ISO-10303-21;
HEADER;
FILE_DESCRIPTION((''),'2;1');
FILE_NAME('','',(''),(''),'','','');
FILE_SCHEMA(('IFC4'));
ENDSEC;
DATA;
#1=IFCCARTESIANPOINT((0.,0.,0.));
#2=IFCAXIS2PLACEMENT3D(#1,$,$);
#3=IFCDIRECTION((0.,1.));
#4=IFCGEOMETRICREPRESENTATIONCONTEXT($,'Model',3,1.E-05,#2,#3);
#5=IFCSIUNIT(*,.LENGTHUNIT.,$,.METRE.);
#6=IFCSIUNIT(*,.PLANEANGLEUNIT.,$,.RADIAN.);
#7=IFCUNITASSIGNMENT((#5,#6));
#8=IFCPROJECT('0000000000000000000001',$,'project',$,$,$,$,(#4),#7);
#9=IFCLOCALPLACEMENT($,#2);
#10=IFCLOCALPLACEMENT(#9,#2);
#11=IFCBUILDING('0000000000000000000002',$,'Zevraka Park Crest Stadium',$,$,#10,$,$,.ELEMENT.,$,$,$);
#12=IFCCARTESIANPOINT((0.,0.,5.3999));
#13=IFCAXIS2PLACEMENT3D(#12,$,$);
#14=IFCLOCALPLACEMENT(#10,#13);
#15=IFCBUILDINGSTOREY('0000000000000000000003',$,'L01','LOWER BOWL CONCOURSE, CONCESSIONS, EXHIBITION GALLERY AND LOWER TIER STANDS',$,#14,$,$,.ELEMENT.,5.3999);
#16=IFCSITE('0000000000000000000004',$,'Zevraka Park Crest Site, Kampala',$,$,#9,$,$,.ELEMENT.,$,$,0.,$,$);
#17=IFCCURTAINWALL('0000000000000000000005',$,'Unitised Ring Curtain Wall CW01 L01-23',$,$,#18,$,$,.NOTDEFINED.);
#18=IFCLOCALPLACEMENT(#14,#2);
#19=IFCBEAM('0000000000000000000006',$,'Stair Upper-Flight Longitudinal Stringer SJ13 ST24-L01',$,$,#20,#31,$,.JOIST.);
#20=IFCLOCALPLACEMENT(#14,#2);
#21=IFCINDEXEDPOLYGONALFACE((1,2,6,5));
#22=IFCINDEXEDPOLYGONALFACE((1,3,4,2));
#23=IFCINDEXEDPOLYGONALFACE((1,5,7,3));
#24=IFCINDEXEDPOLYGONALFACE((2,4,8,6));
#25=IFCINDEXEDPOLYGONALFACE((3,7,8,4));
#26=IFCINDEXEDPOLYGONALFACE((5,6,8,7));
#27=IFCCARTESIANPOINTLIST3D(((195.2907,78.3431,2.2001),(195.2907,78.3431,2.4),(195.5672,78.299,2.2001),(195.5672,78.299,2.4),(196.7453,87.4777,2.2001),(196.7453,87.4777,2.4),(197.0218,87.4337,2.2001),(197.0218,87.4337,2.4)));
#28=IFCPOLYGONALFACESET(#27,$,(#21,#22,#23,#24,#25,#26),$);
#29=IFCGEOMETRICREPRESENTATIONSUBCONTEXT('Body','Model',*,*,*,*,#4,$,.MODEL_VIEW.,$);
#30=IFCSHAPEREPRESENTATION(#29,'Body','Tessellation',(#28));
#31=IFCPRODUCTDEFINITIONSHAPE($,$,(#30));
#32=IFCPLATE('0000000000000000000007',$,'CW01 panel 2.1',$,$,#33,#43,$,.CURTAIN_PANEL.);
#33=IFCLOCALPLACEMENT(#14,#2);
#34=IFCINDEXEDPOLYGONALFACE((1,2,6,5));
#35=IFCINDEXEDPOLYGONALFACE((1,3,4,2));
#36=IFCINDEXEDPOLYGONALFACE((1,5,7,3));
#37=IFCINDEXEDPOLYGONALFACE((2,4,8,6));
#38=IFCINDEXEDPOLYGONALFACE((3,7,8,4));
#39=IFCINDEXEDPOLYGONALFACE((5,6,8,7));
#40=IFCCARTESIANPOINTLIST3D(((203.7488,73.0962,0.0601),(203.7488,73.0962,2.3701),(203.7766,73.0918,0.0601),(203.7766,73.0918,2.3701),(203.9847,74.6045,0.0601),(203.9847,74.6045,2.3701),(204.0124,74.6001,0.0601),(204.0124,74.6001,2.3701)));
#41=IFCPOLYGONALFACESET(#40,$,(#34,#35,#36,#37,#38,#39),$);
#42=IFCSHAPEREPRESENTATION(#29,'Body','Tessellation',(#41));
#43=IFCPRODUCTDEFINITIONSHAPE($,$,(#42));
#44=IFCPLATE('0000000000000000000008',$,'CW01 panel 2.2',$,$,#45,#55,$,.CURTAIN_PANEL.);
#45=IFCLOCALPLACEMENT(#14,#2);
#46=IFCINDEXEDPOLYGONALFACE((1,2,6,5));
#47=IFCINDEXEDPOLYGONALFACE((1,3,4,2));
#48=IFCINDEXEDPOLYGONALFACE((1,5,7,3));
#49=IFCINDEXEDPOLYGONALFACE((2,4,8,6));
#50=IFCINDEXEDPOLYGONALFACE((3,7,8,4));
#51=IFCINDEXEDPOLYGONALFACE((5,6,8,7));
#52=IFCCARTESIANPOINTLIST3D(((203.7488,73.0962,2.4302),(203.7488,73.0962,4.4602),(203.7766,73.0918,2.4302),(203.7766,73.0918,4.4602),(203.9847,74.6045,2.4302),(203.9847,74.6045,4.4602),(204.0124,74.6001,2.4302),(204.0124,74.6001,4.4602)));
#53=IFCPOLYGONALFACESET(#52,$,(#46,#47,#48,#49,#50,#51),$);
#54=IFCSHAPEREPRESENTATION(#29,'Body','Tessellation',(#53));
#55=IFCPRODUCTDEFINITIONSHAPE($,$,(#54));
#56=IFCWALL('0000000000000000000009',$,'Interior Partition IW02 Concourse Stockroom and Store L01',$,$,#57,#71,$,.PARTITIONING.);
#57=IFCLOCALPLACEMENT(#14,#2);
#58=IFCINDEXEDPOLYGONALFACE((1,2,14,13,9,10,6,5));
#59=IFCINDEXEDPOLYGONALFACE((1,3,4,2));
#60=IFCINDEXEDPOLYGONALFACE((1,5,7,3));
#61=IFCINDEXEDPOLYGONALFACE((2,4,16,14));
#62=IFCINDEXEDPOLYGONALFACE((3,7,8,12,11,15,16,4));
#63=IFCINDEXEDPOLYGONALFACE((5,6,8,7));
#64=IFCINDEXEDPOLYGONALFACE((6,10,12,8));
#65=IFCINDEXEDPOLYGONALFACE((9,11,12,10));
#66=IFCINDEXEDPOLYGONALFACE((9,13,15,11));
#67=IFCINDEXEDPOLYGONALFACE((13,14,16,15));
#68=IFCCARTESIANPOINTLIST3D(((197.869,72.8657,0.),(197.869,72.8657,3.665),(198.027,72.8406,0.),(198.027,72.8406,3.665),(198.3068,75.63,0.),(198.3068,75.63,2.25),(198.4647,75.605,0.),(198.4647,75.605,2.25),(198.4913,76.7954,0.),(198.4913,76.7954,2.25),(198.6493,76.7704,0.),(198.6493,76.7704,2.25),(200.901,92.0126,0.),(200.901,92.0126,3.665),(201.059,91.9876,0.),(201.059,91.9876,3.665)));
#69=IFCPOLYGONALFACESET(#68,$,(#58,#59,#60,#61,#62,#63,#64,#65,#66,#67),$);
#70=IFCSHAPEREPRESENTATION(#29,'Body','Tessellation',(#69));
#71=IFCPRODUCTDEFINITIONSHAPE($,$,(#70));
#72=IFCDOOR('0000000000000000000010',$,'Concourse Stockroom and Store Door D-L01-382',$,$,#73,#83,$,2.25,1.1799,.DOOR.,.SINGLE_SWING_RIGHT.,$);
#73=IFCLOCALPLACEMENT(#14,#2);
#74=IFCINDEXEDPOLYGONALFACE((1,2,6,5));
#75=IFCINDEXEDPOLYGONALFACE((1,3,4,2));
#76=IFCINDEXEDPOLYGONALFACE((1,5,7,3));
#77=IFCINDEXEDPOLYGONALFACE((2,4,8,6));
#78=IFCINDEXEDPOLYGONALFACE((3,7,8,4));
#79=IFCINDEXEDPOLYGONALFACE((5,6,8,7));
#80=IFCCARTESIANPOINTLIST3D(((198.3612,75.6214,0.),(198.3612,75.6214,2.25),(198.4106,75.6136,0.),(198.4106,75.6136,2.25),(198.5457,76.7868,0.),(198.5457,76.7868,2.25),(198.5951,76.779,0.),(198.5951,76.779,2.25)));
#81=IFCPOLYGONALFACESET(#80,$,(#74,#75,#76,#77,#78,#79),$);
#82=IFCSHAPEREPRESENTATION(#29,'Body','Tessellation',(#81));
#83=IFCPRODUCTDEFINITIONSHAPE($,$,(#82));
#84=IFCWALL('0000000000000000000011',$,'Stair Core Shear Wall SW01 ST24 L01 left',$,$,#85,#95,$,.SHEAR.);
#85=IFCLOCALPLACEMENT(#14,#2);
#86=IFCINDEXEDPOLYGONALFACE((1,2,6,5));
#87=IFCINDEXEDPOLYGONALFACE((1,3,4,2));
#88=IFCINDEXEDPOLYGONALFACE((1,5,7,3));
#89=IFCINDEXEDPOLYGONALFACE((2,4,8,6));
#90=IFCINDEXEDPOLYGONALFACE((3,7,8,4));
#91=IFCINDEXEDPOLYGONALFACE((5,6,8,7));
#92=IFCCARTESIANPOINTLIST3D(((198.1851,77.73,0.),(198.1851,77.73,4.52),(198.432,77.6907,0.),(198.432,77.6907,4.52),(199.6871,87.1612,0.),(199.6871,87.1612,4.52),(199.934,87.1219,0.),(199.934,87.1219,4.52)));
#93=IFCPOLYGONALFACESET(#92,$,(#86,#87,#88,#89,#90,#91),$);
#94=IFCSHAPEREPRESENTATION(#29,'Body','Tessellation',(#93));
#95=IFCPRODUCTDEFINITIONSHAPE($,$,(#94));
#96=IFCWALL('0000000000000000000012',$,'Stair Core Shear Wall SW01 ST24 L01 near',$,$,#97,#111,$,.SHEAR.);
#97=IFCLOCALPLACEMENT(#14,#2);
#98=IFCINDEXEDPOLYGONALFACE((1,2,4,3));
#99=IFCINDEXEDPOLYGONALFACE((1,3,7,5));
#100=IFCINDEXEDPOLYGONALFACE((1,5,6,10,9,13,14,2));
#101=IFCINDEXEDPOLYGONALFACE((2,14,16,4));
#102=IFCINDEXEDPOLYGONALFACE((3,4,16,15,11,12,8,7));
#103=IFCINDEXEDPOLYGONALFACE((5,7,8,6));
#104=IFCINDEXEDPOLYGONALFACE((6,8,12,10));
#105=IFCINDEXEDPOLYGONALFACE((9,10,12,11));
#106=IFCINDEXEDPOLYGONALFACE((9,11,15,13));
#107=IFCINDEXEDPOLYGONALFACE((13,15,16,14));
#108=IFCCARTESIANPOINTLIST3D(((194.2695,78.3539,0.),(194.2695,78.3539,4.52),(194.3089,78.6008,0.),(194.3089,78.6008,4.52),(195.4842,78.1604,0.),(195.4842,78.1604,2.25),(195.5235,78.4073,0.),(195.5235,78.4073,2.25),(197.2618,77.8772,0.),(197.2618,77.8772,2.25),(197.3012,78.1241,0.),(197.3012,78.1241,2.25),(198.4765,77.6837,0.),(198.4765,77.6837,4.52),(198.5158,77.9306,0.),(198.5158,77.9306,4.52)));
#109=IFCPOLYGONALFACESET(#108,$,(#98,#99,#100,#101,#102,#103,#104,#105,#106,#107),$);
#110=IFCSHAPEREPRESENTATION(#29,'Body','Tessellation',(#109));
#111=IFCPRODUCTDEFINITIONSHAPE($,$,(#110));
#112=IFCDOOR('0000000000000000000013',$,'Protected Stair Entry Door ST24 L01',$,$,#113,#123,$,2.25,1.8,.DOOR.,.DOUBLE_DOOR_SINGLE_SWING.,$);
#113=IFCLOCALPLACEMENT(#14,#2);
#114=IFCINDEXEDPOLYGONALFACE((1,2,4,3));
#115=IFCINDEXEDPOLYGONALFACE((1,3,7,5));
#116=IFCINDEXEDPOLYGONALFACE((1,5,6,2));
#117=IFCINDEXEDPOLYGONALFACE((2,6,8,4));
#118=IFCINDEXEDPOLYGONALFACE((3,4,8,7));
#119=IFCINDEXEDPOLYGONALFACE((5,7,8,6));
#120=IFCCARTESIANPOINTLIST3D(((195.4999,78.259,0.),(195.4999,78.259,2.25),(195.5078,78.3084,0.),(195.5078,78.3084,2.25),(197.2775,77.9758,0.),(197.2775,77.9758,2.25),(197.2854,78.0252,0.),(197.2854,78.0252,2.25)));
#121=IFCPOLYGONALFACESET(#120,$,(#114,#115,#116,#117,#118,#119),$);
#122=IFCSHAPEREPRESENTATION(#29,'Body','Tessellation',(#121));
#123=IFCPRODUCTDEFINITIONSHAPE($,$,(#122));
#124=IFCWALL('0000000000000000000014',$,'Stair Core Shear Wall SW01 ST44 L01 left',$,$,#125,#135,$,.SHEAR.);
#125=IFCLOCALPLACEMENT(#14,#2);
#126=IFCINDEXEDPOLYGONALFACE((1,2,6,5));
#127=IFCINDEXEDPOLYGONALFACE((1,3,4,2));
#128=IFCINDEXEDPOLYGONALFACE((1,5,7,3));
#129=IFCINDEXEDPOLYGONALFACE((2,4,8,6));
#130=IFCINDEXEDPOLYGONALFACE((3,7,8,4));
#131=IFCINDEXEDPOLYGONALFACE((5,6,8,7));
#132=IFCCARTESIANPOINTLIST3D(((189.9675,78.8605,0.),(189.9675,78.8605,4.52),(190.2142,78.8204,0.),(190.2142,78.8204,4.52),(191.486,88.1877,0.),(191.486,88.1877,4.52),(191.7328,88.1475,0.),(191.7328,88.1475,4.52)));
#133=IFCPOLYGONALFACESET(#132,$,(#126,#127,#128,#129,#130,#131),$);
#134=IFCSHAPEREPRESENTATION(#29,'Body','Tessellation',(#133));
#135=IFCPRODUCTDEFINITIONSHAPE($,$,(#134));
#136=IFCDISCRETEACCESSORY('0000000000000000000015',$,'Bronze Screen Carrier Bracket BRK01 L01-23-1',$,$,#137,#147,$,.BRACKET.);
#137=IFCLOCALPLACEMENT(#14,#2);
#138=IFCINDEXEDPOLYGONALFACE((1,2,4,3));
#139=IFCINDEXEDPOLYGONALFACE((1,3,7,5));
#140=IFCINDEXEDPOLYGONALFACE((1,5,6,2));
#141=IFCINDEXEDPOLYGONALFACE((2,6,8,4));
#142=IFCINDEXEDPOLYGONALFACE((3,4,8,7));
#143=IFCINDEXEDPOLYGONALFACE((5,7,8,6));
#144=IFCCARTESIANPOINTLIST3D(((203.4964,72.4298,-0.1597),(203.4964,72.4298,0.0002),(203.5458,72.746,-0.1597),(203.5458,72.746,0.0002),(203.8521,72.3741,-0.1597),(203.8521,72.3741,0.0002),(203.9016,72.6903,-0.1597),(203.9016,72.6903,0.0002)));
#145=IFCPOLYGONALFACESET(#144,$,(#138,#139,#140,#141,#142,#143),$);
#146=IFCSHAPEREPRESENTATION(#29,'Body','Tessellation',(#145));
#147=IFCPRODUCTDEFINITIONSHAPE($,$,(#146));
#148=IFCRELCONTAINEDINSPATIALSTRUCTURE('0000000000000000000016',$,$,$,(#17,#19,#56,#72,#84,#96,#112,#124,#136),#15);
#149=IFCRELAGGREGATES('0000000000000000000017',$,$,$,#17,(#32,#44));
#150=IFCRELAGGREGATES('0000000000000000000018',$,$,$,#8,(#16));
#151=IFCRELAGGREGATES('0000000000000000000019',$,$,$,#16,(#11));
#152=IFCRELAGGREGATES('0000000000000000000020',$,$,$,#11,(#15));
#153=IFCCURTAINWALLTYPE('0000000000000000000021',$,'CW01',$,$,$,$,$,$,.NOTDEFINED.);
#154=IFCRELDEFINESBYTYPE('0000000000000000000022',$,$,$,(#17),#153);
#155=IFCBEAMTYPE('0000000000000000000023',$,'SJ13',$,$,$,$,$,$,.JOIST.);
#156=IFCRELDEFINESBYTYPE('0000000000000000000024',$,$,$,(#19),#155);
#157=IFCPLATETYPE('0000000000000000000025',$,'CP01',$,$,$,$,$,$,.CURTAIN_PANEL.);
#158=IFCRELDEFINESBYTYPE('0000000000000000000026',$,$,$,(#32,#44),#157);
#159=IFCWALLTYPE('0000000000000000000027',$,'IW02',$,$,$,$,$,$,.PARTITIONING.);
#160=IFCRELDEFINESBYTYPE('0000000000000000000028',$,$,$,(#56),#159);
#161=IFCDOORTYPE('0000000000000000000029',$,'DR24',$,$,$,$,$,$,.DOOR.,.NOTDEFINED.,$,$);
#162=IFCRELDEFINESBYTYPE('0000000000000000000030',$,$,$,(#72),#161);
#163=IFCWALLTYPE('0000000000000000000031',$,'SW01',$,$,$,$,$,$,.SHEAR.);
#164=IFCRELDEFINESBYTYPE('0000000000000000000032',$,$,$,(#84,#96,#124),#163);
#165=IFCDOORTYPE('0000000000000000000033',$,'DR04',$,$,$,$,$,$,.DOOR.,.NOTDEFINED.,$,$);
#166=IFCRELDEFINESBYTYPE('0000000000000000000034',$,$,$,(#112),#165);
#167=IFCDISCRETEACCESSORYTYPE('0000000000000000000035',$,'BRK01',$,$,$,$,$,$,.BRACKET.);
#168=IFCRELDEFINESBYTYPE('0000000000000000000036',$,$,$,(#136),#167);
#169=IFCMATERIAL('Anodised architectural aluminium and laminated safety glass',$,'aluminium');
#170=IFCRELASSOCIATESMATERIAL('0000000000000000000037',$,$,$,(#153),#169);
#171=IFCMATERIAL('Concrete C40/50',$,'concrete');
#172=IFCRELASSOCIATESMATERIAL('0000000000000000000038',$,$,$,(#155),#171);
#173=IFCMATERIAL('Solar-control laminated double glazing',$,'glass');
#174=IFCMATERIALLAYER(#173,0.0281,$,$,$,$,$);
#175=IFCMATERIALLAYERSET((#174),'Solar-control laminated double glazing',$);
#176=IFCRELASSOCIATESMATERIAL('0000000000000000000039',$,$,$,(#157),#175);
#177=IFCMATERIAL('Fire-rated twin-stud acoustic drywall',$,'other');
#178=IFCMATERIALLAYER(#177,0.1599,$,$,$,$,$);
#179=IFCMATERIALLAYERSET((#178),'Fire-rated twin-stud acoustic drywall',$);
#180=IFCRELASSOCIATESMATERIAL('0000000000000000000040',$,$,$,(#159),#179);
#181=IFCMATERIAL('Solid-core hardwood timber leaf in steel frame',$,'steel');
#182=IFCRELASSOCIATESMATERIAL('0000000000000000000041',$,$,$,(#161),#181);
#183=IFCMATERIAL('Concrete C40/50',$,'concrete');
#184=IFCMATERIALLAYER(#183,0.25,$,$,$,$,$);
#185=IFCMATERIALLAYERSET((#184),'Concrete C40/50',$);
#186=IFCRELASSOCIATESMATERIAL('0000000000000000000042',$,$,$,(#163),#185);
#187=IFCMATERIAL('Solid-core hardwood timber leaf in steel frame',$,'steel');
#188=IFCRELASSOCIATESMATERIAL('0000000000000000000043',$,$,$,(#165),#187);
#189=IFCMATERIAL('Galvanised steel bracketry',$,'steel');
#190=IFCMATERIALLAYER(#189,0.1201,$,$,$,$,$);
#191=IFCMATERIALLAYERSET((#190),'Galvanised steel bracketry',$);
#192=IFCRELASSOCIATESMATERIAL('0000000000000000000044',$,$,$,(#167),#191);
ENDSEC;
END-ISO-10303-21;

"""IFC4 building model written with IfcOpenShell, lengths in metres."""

from ifc_helpers import new_model, si_unit, direction, frame, frame_2d, origin, origin_2d, place, context, subcontext, project, spatial, rectangle, extrude, material, layer, layer_set, material_profile, profile_set, type_object, element, fill, aggregate, save


model = new_model("IFC4")

# Units and contexts
model_context = context("Model", 3, precision=1e-05, world=origin(), true_north=direction((0.0, 1.0)))
body_context = subcontext(model_context, "Body", "Model", "MODEL_VIEW")
ifc_project = project(units=[si_unit("LENGTHUNIT", "METRE"), si_unit("PLANEANGLEUNIT", "RADIAN")], contexts=[model_context])

# Site, building, storey
site_placement = place(None, origin())
site = spatial("IfcSite", under=ifc_project, at=site_placement, Name="Zevraka Park Crest Site, Kampala", CompositionType="ELEMENT", RefElevation=0.0)
building_placement = place(site_placement, origin())
building = spatial("IfcBuilding", under=site, at=building_placement, Name="Zevraka Park Crest Stadium", CompositionType="ELEMENT")
storey_placement = place(building_placement, frame((0.0, 0.0, 5.3999)))
storey = spatial("IfcBuildingStorey", under=building, at=storey_placement, Name="L01", Description="LOWER BOWL CONCOURSE, CONCESSIONS, EXHIBITION GALLERY AND LOWER TIER STANDS", CompositionType="ELEMENT", Elevation=5.3999)

# Curtain wall
ifc_material_1 = material(Name="Anodised architectural aluminium and laminated safety glass", Category="aluminium")
curtain_wall_type = type_object("IfcCurtainWallType", Name="CW01", PredefinedType="NOTDEFINED", material=ifc_material_1)
curtain_wall_placement = place(storey_placement, origin())
curtain_wall = element("IfcCurtainWall", 1, at=curtain_wall_placement, inside=storey, type_object=curtain_wall_type, Name="Unitised Ring Curtain Wall CW01 L01-23", PredefinedType="NOTDEFINED")

# Beam
ifc_material_2 = material(Name="Concrete C40/50", Category="concrete")
ifc_material_profile_1 = material_profile(ifc_material_2, rectangle(XDim=0.28, YDim=0.2, at=origin_2d()), Name="RC 200x280")
ifc_profile_set_1 = profile_set([ifc_material_profile_1], Name="Concrete C40/50")
beam_type_1 = type_object("IfcBeamType", Name="SJ13", PredefinedType="JOIST", material=ifc_profile_set_1)
beam_1_placement = place(storey_placement, frame((195.429, 78.321, 2.3), z_axis=(0.157255, 0.987558, 0.0), x_axis=(-0.987558, 0.157255, 0.0)))
element("IfcBeam", 2, at=beam_1_placement, inside=storey, type_object=beam_type_1, Name="Stair Upper-Flight Longitudinal Stringer SJ13 ST24-L01", PredefinedType="JOIST", context=body_context, shape_type="SweptSolid", body=[
    extrude(rectangle(XDim=0.28, YDim=0.2, at=origin_2d()), origin(), (0.0, 0.0, 1.0), 9.2498),
])

# Plates
ifc_material_3 = material(Name="Solar-control laminated double glazing", Category="glass")
ifc_layer_1 = layer(ifc_material_3, 0.0281)
ifc_layer_set_1 = layer_set([ifc_layer_1], Name="Solar-control laminated double glazing")
plate_type = type_object("IfcPlateType", Name="CP01", PredefinedType="CURTAIN_PANEL", material=ifc_layer_set_1)
plate_1_placement = place(storey_placement, frame((203.8806, 73.8481, 0.0601), z_axis=(0.0, 0.0, 1.0), x_axis=(0.154476, 0.987997, 0.0)))
plate_1 = element("IfcPlate", 3, at=plate_1_placement, type_object=plate_type, Name="CW01 panel 2.1", PredefinedType="CURTAIN_PANEL", context=body_context, shape_type="SweptSolid", body=[
    extrude(rectangle(XDim=1.5266, YDim=0.0281, at=origin_2d()), origin(), (0.0, 0.0, 1.0), 2.3101),
])
plate_2_placement = place(storey_placement, frame((203.8806, 73.8481, 2.4302), z_axis=(0.0, 0.0, 1.0), x_axis=(0.154476, 0.987997, 0.0)))
plate_2 = element("IfcPlate", 4, at=plate_2_placement, type_object=plate_type, Name="CW01 panel 2.2", PredefinedType="CURTAIN_PANEL", context=body_context, shape_type="SweptSolid", body=[
    extrude(rectangle(XDim=1.5266, YDim=0.0281, at=origin_2d()), origin(), (0.0, 0.0, 1.0), 2.03),
])
aggregate(curtain_wall, [plate_1, plate_2])

# Wall, opening, door
ifc_material_4 = material(Name="Fire-rated twin-stud acoustic drywall", Category="other")
ifc_layer_2 = layer(ifc_material_4, 0.1599)
ifc_layer_set_2 = layer_set([ifc_layer_2], Name="Fire-rated twin-stud acoustic drywall")
wall_type_1 = type_object("IfcWallType", Name="IW02", PredefinedType="PARTITIONING", material=ifc_layer_set_2)
wall_1_placement = place(storey_placement, frame((197.948, 72.853, 0.0), z_axis=(0.0, 0.0, 1.0), x_axis=(0.156404, 0.987693, 0.0)))
wall_1 = element("IfcWall", 5, at=wall_1_placement, inside=storey, type_object=wall_type_1, Name="Interior Partition IW02 Concourse Stockroom and Store L01", PredefinedType="PARTITIONING", context=body_context, shape_type="SweptSolid", body=[
    extrude(rectangle(XDim=19.3855, YDim=0.1599, at=frame_2d((9.6929, 0.0))), origin(), (0.0, 0.0, 1.0), 3.665),
])
opening_1_placement = place(wall_1_placement, frame((2.7991, 0.0, 0.0)))
opening_1 = element("IfcOpeningElement", 6, at=opening_1_placement, cuts=wall_1, PredefinedType="OPENING", context=body_context, shape_type="SweptSolid", body=[
    extrude(rectangle(XDim=1.1799, YDim=2.25, at=frame_2d((0.5898, 1.125))), frame((0.0, 0.0898, 0.0), z_axis=(0.0, -1.0, 0.0), x_axis=(1.0, 0.0, 0.0)), (0.0, 0.0, 1.0), 0.1799),
])
ifc_material_5 = material(Name="Solid-core hardwood timber leaf in steel frame", Category="steel")
door_type_1 = type_object("IfcDoorType", Name="DR24", OperationType="NOTDEFINED", PredefinedType="DOOR", material=ifc_material_5)
door_1_placement = place(opening_1_placement, origin())
door_1 = element("IfcDoor", 7, at=door_1_placement, inside=storey, type_object=door_type_1, Name="Concourse Stockroom and Store Door D-L01-382", OperationType="SINGLE_SWING_RIGHT", OverallHeight=2.25, OverallWidth=1.1799, PredefinedType="DOOR", context=body_context, shape_type="SweptSolid", body=[
    extrude(rectangle(XDim=1.1799, YDim=2.25, at=frame_2d((0.5898, 1.125))), frame((0.0, 0.0249, 0.0), z_axis=(0.0, -1.0, 0.0), x_axis=(1.0, 0.0, 0.0)), (0.0, 0.0, 1.0), 0.05),
])
fill(opening_1, door_1)

# Wall
ifc_material_6 = material(Name="Concrete C40/50", Category="concrete")
ifc_layer_3 = layer(ifc_material_6, 0.25)
ifc_layer_set_3 = layer_set([ifc_layer_3], Name="Concrete C40/50")
wall_type_2 = type_object("IfcWallType", Name="SW01", PredefinedType="SHEAR", material=ifc_layer_set_3)
wall_2_placement = place(storey_placement, frame((198.3086, 77.7104, 0.0), z_axis=(0.0, 0.0, 1.0), x_axis=(0.157273, 0.987555, 0.0)))
element("IfcWall", 8, at=wall_2_placement, inside=storey, type_object=wall_type_2, Name="Stair Core Shear Wall SW01 ST24 L01 left", PredefinedType="SHEAR", context=body_context, shape_type="SweptSolid", body=[
    extrude(rectangle(XDim=9.55, YDim=0.25, at=frame_2d((4.7749, 0.0))), origin(), (0.0, 0.0, 1.0), 4.52),
])

# Wall, opening, door
wall_3_placement = place(storey_placement, frame((194.2893, 78.4773, 0.0), z_axis=(0.0, 0.0, 1.0), x_axis=(0.987549, -0.157313, 0.0)))
wall_3 = element("IfcWall", 9, at=wall_3_placement, inside=storey, type_object=wall_type_2, Name="Stair Core Shear Wall SW01 ST24 L01 near", PredefinedType="SHEAR", context=body_context, shape_type="SweptSolid", body=[
    extrude(rectangle(XDim=4.26, YDim=0.25, at=frame_2d((2.1299, 0.0))), origin(), (0.0, 0.0, 1.0), 4.52),
])
opening_2_placement = place(wall_3_placement, frame((1.23, 0.0, 0.0)))
opening_2 = element("IfcOpeningElement", 10, at=opening_2_placement, cuts=wall_3, PredefinedType="OPENING", context=body_context, shape_type="SweptSolid", body=[
    extrude(rectangle(XDim=1.8, YDim=2.25, at=frame_2d((0.8999, 1.125))), frame((0.0, 0.135, 0.0), z_axis=(0.0, -1.0, 0.0), x_axis=(1.0, 0.0, 0.0)), (0.0, 0.0, 1.0), 0.27),
])
ifc_material_7 = material(Name="Solid-core hardwood timber leaf in steel frame", Category="steel")
door_type_2 = type_object("IfcDoorType", Name="DR04", OperationType="NOTDEFINED", PredefinedType="DOOR", material=ifc_material_7)
door_2_placement = place(opening_2_placement, origin())
door_2 = element("IfcDoor", 11, at=door_2_placement, inside=storey, type_object=door_type_2, Name="Protected Stair Entry Door ST24 L01", OperationType="DOUBLE_DOOR_SINGLE_SWING", OverallHeight=2.25, OverallWidth=1.8, PredefinedType="DOOR", context=body_context, shape_type="SweptSolid", body=[
    extrude(rectangle(XDim=1.8, YDim=2.25, at=frame_2d((0.8999, 1.125))), frame((0.0, 0.0249, 0.0), z_axis=(0.0, -1.0, 0.0), x_axis=(1.0, 0.0, 0.0)), (0.0, 0.0, 1.0), 0.05),
])
fill(opening_2, door_2)

# Wall
wall_4_placement = place(storey_placement, frame((190.0908, 78.8403, 0.0), z_axis=(0.0, 0.0, 1.0), x_axis=(0.160694, 0.987004, 0.0)))
element("IfcWall", 12, at=wall_4_placement, inside=storey, type_object=wall_type_2, Name="Stair Core Shear Wall SW01 ST44 L01 left", PredefinedType="SHEAR", context=body_context, shape_type="SweptSolid", body=[
    extrude(rectangle(XDim=9.45, YDim=0.25, at=frame_2d((4.7251, 0.0))), origin(), (0.0, 0.0, 1.0), 4.52),
])

# Discrete accessory
ifc_material_8 = material(Name="Galvanised steel bracketry", Category="steel")
ifc_layer_4 = layer(ifc_material_8, 0.1201)
ifc_layer_set_4 = layer_set([ifc_layer_4], Name="Galvanised steel bracketry")
discrete_accessory_type = type_object("IfcDiscreteAccessoryType", Name="BRK01", PredefinedType="BRACKET", material=ifc_layer_set_4)
discrete_accessory_placement = place(storey_placement, frame((203.699, 72.5601, -0.1597), z_axis=(0.0, 0.0, 1.0), x_axis=(0.154538, 0.987987, 0.0)))
element("IfcDiscreteAccessory", 13, at=discrete_accessory_placement, inside=storey, type_object=discrete_accessory_type, Name="Bronze Screen Carrier Bracket BRK01 L01-23-1", PredefinedType="BRACKET", context=body_context, shape_type="SweptSolid", body=[
    extrude(rectangle(XDim=0.3201, YDim=0.3601, at=origin_2d()), origin(), (0.0, 0.0, 1.0), 0.1599),
])

save(model, "model.ifc")
